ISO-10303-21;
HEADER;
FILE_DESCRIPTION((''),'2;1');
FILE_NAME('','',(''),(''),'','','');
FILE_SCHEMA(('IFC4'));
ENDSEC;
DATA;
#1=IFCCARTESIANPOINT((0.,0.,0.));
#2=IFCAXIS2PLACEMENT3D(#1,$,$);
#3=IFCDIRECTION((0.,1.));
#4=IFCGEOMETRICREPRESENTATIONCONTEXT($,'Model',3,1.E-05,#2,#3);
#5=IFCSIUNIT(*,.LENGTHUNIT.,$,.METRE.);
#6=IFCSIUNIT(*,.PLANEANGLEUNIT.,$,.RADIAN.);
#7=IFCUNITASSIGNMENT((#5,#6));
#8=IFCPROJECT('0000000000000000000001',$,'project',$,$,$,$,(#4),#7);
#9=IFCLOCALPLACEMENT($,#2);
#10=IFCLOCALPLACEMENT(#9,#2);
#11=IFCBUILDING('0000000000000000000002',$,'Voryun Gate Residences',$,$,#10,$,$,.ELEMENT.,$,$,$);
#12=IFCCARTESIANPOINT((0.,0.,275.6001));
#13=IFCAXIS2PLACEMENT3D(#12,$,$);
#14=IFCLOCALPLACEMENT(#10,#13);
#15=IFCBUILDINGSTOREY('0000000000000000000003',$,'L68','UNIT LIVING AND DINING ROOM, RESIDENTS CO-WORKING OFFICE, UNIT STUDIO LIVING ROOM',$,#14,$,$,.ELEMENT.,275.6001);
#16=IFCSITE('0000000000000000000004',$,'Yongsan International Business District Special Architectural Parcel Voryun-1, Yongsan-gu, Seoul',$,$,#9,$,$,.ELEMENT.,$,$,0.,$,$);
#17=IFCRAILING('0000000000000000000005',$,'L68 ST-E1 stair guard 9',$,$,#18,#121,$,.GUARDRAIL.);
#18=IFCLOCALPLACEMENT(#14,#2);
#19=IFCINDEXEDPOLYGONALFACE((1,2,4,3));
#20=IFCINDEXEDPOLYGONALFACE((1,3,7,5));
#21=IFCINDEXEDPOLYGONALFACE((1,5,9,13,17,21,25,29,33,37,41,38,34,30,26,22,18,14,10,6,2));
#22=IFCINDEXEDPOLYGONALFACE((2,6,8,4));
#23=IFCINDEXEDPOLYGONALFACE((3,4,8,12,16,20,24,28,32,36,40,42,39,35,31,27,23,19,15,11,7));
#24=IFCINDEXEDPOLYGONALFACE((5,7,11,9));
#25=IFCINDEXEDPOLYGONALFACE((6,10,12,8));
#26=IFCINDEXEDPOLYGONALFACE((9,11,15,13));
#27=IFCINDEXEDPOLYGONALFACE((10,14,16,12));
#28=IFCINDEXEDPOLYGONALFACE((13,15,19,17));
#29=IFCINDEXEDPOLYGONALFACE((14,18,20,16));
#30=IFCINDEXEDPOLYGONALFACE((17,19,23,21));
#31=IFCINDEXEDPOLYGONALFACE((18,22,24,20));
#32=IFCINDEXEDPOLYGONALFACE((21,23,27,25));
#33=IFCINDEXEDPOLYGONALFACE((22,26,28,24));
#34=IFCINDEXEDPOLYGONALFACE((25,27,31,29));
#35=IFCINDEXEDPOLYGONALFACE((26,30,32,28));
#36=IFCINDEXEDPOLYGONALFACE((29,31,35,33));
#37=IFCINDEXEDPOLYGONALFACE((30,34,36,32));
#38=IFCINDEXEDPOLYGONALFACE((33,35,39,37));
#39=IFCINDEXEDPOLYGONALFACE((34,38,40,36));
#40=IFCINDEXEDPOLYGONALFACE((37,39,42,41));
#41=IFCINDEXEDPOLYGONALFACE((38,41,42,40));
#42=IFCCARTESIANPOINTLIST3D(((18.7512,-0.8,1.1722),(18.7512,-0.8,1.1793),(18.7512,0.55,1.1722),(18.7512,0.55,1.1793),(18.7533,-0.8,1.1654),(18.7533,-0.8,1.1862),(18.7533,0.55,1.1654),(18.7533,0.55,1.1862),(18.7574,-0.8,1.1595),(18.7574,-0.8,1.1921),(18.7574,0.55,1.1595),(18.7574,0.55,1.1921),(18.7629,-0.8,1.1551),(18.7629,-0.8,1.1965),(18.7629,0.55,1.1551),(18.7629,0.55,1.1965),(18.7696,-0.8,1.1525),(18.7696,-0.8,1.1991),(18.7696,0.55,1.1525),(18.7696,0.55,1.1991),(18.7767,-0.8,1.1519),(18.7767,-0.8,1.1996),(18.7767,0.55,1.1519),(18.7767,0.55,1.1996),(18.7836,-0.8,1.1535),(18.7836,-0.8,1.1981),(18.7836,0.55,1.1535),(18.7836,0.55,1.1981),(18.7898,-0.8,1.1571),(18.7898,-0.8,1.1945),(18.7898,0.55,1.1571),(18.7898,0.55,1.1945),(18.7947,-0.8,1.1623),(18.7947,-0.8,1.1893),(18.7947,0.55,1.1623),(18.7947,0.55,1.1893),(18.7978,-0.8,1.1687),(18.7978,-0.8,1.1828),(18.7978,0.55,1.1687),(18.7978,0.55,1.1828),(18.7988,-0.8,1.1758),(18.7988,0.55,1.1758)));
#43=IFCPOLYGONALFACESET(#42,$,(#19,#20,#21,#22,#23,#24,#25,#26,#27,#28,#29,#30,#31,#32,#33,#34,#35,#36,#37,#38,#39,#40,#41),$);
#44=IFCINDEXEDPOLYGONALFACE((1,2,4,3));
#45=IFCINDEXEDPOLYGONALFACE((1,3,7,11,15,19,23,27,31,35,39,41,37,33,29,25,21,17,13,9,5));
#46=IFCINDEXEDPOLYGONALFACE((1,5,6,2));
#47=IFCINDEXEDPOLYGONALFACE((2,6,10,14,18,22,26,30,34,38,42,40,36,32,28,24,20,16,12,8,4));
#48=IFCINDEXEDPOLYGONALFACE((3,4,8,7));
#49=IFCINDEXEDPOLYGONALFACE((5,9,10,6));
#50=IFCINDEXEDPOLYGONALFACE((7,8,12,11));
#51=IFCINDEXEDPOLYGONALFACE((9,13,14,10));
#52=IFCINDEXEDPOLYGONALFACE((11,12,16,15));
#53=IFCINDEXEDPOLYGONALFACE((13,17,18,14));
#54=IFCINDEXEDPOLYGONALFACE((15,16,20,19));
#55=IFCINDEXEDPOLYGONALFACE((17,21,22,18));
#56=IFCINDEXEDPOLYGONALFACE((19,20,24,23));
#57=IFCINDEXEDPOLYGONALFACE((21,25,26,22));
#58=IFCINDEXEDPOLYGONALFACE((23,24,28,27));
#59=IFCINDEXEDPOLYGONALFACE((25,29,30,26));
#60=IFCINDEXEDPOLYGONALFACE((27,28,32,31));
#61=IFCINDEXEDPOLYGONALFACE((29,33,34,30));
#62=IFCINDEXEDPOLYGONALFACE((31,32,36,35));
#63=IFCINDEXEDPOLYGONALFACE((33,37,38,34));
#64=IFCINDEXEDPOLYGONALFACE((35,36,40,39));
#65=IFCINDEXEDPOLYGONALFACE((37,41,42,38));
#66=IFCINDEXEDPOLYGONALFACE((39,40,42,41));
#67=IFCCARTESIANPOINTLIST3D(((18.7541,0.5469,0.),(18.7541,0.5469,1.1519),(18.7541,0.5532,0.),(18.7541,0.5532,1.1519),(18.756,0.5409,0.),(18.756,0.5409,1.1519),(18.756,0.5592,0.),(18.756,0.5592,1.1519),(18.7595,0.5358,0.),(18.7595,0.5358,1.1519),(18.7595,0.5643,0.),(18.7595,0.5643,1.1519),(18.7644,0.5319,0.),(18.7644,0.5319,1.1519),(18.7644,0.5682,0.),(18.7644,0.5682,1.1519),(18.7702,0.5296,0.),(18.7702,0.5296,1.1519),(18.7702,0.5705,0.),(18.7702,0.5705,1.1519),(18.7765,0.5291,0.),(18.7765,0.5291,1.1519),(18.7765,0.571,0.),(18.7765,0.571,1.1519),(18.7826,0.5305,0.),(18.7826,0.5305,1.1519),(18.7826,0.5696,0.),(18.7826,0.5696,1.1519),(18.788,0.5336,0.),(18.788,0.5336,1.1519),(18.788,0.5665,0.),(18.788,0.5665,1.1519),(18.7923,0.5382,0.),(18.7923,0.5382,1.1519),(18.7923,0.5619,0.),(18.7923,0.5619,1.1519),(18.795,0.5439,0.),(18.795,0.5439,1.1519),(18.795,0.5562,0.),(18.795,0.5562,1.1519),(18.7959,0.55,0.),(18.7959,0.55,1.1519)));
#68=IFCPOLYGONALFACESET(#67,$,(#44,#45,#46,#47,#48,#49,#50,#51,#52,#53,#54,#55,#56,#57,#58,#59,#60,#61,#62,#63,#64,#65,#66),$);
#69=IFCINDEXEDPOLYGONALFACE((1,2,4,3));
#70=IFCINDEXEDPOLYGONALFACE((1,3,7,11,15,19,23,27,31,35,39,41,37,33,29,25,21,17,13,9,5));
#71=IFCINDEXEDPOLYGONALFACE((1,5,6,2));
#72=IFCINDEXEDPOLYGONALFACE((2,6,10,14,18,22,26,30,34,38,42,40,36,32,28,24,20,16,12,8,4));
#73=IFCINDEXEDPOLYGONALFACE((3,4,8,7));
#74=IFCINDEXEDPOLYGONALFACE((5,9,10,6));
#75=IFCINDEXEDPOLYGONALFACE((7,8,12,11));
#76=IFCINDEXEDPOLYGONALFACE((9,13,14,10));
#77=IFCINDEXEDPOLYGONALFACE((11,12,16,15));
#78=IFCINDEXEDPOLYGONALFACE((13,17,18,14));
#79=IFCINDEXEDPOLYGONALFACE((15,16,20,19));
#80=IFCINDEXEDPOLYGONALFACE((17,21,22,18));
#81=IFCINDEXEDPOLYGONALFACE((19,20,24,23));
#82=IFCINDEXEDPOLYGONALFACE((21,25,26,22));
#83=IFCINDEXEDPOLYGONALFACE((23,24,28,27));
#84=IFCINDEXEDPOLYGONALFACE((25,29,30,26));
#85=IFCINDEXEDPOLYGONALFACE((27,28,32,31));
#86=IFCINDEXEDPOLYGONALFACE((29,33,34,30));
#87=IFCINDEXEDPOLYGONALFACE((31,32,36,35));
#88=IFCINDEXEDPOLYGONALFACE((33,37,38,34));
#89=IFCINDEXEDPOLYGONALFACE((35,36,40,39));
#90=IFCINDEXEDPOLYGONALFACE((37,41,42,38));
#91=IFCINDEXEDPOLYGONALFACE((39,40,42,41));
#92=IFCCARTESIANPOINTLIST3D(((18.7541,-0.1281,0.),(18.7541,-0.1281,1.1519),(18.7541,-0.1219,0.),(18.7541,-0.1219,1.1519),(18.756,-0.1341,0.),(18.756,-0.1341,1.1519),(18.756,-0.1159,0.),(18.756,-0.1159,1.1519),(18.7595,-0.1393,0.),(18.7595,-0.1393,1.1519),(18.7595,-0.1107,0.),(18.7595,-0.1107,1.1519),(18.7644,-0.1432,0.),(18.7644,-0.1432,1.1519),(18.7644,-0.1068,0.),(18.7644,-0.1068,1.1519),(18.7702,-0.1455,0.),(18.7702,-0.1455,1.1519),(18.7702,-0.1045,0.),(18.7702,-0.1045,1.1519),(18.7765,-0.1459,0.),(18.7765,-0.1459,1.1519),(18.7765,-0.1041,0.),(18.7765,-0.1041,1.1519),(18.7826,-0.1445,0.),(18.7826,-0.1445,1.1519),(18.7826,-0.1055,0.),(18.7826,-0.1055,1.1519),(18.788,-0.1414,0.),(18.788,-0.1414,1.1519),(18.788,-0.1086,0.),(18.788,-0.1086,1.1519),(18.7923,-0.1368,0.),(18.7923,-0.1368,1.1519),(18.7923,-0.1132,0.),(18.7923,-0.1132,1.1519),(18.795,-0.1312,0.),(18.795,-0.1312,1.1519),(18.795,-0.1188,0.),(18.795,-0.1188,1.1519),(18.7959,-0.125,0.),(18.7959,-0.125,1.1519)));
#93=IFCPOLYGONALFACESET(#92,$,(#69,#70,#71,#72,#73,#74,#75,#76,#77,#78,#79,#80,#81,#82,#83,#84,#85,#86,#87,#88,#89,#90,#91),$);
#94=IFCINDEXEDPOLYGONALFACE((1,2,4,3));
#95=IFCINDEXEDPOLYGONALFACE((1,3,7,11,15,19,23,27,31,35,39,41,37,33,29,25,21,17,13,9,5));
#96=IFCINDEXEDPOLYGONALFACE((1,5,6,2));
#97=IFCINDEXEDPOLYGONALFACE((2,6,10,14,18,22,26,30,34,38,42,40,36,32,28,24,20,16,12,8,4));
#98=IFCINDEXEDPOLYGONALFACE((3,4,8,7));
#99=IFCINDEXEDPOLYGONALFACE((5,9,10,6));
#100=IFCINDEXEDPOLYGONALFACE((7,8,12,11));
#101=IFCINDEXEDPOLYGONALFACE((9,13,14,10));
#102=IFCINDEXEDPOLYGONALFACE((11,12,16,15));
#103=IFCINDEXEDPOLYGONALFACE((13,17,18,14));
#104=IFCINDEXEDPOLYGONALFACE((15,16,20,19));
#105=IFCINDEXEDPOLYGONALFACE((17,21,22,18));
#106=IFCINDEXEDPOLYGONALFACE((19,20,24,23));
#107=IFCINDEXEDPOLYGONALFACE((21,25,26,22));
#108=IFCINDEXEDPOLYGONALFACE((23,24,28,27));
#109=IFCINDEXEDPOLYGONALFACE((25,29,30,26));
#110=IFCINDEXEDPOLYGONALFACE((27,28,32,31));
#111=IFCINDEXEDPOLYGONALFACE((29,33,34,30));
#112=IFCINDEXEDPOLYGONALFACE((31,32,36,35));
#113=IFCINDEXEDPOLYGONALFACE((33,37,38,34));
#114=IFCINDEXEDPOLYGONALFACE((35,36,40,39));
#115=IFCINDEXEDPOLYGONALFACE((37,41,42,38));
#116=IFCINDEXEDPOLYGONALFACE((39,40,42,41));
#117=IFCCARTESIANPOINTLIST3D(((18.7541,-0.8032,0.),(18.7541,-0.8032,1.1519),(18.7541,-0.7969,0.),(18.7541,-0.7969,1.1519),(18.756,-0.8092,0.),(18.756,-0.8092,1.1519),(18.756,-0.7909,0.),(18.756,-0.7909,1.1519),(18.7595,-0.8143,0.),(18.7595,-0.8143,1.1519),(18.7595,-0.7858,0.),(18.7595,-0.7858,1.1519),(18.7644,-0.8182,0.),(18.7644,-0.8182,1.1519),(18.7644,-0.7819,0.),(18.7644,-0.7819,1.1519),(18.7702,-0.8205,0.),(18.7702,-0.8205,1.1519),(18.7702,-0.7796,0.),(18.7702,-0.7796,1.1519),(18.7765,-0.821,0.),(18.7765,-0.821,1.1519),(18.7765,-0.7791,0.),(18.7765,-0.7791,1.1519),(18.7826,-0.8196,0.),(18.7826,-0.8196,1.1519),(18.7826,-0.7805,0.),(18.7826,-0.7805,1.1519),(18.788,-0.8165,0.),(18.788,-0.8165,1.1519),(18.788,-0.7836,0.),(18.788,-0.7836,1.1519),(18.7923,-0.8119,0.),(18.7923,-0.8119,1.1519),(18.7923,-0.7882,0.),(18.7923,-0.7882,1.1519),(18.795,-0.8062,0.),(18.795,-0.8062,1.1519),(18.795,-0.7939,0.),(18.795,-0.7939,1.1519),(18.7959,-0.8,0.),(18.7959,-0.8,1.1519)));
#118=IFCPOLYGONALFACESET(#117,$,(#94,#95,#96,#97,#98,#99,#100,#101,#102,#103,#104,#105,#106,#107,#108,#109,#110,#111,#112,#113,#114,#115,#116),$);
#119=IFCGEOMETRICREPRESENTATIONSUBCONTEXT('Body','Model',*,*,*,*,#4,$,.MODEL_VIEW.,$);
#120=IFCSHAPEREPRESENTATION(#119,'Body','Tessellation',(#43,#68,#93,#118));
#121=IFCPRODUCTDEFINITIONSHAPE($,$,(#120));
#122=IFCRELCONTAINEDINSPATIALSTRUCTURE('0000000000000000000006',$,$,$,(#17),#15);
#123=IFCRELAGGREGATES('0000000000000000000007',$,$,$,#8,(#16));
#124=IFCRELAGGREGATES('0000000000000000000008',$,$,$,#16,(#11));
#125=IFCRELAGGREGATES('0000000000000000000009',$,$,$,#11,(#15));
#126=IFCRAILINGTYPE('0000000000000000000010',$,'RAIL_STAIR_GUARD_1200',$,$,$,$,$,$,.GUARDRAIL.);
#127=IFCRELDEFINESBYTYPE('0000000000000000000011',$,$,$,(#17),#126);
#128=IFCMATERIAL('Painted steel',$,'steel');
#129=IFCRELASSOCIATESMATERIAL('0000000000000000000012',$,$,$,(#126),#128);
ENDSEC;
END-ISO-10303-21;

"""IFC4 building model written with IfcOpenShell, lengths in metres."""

from ifc_helpers import new_model, si_unit, direction, frame, origin, origin_2d, place, context, subcontext, project, spatial, circle, extrude, material, type_object, element, save


model = new_model("IFC4")

# Units and contexts
model_context = context("Model", 3, precision=1e-05, world=origin(), true_north=direction((0.0, 1.0)))
body_context = subcontext(model_context, "Body", "Model", "MODEL_VIEW")
ifc_project = project(units=[si_unit("LENGTHUNIT", "METRE"), si_unit("PLANEANGLEUNIT", "RADIAN")], contexts=[model_context])

# Site, building, storey
site_placement = place(None, origin())
site = spatial("IfcSite", under=ifc_project, at=site_placement, Name="Yongsan International Business District Special Architectural Parcel Voryun-1, Yongsan-gu, Seoul", CompositionType="ELEMENT", RefElevation=0.0)
building_placement = place(site_placement, origin())
building = spatial("IfcBuilding", under=site, at=building_placement, Name="Voryun Gate Residences", CompositionType="ELEMENT")
storey_placement = place(building_placement, frame((0.0, 0.0, 275.6001)))
storey = spatial("IfcBuildingStorey", under=building, at=storey_placement, Name="L68", Description="UNIT LIVING AND DINING ROOM, RESIDENTS CO-WORKING OFFICE, UNIT STUDIO LIVING ROOM", CompositionType="ELEMENT", Elevation=275.6001)

# Railing
ifc_material_1 = material(Name="Painted steel", Category="steel")
railing_type = type_object("IfcRailingType", Name="RAIL_STAIR_GUARD_1200", PredefinedType="GUARDRAIL", material=ifc_material_1)
for number, where, name in (
    (1, (18.7749, 0.55, 0.0), "L68 ST-E1 stair guard 9"),
):
    element("IfcRailing", number, at=place(storey_placement, frame(where)), inside=storey, type_object=railing_type, Name=name, PredefinedType="GUARDRAIL", context=body_context, shape_type="SweptSolid", body=[
        extrude(circle(Radius=0.0239, at=origin_2d()), frame((0.0, 0.0, 1.1758), z_axis=(0.0, -1.0, 0.0), x_axis=(1.0, 0.0, 0.0)), (0.0, 0.0, 1.0), 1.3501),
        extrude(circle(Radius=0.021, at=origin_2d()), origin(), (0.0, 0.0, 1.0), 1.1519),
        extrude(circle(Radius=0.021, at=origin_2d()), frame((0.0, -0.675, 0.0)), (0.0, 0.0, 1.0), 1.1519),
        extrude(circle(Radius=0.021, at=origin_2d()), frame((0.0, -1.3501, 0.0)), (0.0, 0.0, 1.0), 1.1519),
    ])

save(model, "model.ifc")
